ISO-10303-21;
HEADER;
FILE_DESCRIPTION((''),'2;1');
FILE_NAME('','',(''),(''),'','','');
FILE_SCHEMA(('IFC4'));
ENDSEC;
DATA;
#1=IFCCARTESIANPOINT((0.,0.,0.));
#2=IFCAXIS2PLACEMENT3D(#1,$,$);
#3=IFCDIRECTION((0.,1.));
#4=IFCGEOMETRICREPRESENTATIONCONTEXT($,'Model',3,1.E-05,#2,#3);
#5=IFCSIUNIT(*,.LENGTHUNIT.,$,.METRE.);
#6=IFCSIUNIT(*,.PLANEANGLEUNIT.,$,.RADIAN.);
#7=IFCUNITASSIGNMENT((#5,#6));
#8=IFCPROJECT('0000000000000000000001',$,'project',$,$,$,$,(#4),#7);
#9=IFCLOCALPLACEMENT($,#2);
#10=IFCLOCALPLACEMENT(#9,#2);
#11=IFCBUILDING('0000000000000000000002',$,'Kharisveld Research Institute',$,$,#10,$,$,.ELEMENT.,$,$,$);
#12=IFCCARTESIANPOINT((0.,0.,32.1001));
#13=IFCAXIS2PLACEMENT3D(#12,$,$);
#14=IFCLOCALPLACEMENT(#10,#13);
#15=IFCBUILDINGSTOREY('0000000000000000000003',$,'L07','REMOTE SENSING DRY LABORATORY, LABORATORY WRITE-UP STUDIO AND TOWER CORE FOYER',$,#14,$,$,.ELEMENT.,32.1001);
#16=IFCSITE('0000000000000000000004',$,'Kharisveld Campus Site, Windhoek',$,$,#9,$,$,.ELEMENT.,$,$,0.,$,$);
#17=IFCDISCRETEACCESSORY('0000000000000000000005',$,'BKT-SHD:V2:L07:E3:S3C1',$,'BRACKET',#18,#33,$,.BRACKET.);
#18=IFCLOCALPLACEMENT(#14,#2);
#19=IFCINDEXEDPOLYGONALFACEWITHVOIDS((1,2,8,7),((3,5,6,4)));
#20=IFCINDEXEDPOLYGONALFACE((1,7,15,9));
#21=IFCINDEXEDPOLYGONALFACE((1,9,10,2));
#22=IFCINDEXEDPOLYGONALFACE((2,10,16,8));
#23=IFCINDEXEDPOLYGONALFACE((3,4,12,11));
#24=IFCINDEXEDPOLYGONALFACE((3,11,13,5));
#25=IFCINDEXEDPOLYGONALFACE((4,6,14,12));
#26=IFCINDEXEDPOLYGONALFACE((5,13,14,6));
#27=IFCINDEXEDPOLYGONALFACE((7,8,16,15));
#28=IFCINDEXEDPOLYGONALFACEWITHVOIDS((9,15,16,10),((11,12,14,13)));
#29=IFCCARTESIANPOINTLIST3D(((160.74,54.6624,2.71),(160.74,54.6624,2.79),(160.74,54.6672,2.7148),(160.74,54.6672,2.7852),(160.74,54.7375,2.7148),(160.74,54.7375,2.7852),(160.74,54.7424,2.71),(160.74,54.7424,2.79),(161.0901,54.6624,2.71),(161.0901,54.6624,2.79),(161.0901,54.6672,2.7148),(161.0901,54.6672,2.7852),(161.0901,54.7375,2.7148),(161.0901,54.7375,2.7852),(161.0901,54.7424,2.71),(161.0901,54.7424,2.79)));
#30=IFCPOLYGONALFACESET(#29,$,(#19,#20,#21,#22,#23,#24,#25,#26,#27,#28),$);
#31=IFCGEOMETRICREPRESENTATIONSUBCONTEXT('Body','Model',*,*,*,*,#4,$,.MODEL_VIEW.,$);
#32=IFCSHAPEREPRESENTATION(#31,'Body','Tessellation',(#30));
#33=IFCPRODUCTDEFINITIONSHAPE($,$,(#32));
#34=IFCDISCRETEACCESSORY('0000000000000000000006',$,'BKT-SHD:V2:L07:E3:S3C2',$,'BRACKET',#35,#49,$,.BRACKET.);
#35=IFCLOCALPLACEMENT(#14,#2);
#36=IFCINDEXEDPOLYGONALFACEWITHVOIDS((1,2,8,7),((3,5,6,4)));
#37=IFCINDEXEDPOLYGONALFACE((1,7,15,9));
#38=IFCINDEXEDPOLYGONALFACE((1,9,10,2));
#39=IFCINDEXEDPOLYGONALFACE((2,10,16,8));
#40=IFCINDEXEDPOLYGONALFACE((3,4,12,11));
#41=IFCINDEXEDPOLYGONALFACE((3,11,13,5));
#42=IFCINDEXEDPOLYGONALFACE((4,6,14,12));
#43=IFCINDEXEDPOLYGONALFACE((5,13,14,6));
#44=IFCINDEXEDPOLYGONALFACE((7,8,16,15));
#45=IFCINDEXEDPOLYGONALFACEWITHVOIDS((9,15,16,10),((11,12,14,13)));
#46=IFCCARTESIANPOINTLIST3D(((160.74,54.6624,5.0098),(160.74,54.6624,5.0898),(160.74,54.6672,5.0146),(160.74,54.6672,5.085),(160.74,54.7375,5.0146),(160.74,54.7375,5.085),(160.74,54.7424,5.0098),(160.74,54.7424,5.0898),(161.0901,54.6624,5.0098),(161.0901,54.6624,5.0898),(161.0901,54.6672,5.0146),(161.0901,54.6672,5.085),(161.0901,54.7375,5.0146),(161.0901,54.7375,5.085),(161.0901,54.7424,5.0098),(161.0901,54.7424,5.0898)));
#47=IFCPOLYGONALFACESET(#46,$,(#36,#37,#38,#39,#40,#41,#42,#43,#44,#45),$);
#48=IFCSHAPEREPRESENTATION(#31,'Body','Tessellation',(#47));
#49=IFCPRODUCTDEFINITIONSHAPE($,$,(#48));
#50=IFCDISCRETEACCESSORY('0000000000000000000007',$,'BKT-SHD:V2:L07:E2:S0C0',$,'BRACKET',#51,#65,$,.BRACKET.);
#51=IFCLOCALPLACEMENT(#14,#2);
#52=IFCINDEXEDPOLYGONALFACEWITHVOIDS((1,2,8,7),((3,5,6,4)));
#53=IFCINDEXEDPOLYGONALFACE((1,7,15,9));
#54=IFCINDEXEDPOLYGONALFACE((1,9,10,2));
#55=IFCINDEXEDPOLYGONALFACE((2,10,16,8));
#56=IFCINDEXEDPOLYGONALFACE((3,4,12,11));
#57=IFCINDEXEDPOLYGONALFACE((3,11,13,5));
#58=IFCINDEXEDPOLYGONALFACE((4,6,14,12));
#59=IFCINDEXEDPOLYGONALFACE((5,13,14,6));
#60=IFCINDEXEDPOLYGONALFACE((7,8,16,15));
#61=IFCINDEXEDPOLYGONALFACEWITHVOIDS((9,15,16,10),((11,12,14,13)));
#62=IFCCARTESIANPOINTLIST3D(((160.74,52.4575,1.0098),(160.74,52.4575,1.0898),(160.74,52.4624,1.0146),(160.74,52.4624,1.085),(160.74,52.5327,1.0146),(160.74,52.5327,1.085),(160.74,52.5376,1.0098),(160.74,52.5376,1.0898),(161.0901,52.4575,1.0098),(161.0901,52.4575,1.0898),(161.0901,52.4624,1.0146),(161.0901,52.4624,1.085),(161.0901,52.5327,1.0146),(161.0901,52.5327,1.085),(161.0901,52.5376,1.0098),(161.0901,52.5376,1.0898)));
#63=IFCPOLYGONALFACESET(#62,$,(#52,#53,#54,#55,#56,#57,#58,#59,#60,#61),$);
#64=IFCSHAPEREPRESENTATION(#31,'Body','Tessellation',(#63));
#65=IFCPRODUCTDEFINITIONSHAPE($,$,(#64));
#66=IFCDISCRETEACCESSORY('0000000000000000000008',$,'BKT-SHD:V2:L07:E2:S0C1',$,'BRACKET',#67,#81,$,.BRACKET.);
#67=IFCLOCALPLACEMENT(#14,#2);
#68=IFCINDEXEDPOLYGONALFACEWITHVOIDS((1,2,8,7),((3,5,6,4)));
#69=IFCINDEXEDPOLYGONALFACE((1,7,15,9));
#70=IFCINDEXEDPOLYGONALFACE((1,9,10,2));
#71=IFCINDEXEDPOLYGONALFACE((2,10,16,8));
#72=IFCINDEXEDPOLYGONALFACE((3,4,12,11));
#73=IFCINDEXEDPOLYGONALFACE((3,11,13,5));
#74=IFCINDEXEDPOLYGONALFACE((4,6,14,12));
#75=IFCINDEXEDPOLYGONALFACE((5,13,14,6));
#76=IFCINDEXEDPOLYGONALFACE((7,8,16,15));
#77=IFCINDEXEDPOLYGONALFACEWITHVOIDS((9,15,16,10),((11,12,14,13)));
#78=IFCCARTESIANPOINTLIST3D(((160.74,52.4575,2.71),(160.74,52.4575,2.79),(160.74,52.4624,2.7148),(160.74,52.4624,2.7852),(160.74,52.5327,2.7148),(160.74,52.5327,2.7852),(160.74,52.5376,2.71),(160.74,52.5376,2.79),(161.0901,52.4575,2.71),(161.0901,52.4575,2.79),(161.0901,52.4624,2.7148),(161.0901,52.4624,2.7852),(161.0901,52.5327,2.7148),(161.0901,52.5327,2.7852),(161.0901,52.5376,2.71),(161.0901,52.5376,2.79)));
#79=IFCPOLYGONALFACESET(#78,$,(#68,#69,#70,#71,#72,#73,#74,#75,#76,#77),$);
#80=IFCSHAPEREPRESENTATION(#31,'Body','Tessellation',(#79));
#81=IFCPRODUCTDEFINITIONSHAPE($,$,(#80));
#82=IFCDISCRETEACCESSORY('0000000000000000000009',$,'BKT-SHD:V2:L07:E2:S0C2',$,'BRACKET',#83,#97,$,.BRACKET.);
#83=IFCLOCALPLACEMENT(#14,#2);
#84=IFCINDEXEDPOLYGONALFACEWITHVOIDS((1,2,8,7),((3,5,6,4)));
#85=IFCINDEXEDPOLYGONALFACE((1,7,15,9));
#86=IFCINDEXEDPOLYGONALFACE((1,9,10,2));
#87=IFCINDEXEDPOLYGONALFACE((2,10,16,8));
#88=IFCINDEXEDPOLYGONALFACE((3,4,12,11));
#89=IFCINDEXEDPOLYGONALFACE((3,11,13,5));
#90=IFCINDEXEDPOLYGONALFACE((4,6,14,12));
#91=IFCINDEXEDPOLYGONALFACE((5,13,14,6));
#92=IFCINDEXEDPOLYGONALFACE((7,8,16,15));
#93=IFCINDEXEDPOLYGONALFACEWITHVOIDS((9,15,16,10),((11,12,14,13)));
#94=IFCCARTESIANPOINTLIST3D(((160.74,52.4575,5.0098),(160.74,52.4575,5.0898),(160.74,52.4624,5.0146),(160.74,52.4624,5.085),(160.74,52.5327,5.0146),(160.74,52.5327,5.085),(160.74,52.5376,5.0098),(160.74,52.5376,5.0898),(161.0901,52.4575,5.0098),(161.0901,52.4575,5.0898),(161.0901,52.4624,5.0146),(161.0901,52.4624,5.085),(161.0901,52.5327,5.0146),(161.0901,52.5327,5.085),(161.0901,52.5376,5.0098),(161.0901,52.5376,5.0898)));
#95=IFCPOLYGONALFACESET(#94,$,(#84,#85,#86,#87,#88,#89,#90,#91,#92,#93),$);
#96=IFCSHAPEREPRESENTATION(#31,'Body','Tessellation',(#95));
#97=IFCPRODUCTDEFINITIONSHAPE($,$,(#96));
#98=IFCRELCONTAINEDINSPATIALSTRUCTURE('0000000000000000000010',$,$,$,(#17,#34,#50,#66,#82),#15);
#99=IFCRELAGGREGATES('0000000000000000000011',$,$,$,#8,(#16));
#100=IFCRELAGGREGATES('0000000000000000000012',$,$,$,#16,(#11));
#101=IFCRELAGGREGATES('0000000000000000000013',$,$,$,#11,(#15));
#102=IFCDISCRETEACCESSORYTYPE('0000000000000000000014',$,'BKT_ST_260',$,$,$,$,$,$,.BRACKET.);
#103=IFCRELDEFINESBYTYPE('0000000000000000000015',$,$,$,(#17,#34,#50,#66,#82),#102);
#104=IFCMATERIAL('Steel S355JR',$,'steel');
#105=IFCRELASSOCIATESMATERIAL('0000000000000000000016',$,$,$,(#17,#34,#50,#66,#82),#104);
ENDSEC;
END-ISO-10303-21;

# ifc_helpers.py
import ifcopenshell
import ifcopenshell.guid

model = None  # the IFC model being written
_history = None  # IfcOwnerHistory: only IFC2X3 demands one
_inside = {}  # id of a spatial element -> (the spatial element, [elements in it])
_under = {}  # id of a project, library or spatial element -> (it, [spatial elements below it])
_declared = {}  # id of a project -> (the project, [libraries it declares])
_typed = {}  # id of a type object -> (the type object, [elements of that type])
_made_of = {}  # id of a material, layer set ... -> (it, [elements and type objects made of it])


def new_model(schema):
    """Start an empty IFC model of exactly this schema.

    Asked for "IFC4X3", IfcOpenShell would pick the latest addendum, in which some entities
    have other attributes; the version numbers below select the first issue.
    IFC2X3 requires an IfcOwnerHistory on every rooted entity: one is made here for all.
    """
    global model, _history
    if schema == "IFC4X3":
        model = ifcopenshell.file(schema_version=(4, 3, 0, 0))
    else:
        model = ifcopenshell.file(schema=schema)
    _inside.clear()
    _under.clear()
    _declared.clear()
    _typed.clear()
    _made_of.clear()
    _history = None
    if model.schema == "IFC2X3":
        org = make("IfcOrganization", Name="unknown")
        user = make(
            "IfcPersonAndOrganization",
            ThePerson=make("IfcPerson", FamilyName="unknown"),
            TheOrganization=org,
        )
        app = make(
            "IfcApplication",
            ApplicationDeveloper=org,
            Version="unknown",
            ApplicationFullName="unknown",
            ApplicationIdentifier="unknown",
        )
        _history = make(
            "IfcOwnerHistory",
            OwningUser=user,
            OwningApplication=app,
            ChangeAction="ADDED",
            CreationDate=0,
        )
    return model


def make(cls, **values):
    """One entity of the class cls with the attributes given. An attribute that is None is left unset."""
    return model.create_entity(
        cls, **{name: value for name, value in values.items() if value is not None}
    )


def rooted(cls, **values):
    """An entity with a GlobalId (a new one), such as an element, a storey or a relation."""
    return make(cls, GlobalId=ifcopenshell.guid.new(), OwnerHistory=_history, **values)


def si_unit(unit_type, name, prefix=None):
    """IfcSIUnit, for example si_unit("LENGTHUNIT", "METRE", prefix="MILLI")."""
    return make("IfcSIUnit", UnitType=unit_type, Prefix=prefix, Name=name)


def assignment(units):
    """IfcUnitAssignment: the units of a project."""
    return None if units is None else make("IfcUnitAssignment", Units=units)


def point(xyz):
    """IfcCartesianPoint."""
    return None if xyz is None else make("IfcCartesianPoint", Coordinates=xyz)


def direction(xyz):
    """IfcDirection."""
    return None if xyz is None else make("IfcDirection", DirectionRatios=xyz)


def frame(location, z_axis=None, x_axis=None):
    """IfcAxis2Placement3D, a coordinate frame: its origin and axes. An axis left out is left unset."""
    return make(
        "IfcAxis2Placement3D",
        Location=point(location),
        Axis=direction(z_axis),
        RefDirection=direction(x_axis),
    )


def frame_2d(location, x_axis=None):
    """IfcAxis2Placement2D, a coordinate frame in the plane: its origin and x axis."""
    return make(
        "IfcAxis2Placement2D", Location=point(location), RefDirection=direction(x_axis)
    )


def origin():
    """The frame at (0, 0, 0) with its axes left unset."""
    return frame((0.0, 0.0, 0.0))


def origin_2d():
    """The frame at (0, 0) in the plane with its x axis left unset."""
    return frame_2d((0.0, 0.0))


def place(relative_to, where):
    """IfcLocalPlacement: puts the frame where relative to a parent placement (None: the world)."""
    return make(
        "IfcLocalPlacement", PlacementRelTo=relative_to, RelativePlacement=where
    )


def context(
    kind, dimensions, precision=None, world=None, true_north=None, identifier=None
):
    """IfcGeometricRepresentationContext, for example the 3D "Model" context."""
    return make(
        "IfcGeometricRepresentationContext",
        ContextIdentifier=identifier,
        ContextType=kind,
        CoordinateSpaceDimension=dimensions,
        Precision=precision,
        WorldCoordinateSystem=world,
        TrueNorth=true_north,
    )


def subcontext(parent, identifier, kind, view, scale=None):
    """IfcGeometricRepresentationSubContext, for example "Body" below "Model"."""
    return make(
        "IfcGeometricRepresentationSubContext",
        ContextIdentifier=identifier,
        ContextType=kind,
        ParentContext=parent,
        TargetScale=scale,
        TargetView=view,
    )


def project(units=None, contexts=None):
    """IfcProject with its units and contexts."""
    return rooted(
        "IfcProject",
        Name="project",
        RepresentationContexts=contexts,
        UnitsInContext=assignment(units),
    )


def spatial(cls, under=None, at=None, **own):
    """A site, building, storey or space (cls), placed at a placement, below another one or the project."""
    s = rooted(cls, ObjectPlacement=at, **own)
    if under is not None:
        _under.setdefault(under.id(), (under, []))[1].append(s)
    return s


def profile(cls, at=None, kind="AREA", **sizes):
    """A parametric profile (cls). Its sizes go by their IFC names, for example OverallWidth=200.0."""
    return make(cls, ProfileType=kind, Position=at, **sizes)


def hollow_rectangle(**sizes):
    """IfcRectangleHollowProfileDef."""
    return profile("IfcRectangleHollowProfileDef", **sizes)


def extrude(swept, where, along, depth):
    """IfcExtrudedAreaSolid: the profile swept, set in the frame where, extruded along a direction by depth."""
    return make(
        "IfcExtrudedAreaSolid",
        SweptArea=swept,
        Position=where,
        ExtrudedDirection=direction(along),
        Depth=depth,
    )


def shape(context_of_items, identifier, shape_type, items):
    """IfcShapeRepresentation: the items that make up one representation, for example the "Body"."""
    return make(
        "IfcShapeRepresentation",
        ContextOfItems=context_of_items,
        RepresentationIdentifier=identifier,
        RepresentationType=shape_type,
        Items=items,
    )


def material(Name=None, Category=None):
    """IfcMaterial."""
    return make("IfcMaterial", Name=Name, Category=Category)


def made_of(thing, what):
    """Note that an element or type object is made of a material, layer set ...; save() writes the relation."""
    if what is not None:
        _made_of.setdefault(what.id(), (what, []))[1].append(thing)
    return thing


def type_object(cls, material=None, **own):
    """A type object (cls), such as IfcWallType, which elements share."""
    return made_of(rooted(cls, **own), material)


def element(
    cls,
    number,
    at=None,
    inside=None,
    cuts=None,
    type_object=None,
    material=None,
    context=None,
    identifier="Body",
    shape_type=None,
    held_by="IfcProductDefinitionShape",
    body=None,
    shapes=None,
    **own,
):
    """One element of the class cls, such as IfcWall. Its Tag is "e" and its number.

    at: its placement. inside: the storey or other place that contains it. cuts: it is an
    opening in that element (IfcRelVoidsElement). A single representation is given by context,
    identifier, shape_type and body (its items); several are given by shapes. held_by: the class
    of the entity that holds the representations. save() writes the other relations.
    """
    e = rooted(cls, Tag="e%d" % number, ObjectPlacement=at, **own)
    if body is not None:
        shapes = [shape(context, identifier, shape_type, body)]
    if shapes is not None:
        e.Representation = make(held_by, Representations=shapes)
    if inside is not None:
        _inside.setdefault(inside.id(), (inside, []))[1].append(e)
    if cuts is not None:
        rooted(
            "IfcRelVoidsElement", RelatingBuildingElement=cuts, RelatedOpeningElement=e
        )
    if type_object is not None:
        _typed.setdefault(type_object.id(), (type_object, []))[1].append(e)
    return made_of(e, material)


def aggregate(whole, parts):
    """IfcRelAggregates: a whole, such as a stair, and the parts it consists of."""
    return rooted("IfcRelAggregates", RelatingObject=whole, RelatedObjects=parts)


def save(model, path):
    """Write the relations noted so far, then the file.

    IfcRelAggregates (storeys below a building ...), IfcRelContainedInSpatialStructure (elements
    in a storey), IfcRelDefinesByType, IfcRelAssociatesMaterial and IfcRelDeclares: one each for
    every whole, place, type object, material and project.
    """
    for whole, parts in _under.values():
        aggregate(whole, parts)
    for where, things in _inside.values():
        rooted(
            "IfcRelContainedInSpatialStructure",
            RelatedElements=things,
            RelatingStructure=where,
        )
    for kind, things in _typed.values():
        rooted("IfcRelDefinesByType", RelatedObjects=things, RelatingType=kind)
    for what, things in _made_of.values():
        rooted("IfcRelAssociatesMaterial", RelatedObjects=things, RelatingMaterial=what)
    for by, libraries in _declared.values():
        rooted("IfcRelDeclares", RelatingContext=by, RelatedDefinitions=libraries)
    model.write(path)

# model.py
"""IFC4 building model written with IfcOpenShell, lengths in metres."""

from ifc_helpers import new_model, si_unit, direction, frame, origin, origin_2d, place, context, subcontext, project, spatial, hollow_rectangle, extrude, material, type_object, element, save


model = new_model("IFC4")

# Units and contexts
model_context = context("Model", 3, precision=1e-05, world=origin(), true_north=direction((0.0, 1.0)))
body_context = subcontext(model_context, "Body", "Model", "MODEL_VIEW")
ifc_project = project(units=[si_unit("LENGTHUNIT", "METRE"), si_unit("PLANEANGLEUNIT", "RADIAN")], contexts=[model_context])

# Site, building, storey
site_placement = place(None, origin())
site = spatial("IfcSite", under=ifc_project, at=site_placement, Name="Kharisveld Campus Site, Windhoek", CompositionType="ELEMENT", RefElevation=0.0)
building_placement = place(site_placement, origin())
building = spatial("IfcBuilding", under=site, at=building_placement, Name="Kharisveld Research Institute", CompositionType="ELEMENT")
storey_placement = place(building_placement, frame((0.0, 0.0, 32.1001)))
storey = spatial("IfcBuildingStorey", under=building, at=storey_placement, Name="L07", Description="REMOTE SENSING DRY LABORATORY, LABORATORY WRITE-UP STUDIO AND TOWER CORE FOYER", CompositionType="ELEMENT", Elevation=32.1001)

# Discrete accessories
ifc_material_1 = material(Name="Steel S355JR", Category="steel")
discrete_accessory_type = type_object("IfcDiscreteAccessoryType", Name="BKT_ST_260", PredefinedType="BRACKET")
for number, where, z_axis, x_axis, name in (
    (1, (160.74, 54.7024, 2.75), (1.0, 0.0, 0.0), (0.0, 1.0, 0.0), "BKT-SHD:V2:L07:E3:S3C1"),
    (2, (160.74, 54.7024, 5.0498), (1.0, 0.0, 0.0), (0.0, 1.0, 0.0), "BKT-SHD:V2:L07:E3:S3C2"),
    (3, (160.74, 52.4976, 1.0498), (1.0, 0.0, 0.0), (0.0, 1.0, 0.0), "BKT-SHD:V2:L07:E2:S0C0"),
    (4, (160.74, 52.4976, 2.75), (1.0, 0.0, 0.0), (0.0, 1.0, 0.0), "BKT-SHD:V2:L07:E2:S0C1"),
    (5, (160.74, 52.4976, 5.0498), (1.0, 0.0, 0.0), (0.0, 1.0, 0.0), "BKT-SHD:V2:L07:E2:S0C2"),
):
    element("IfcDiscreteAccessory", number, at=place(storey_placement, frame(where, z_axis=z_axis, x_axis=x_axis)), inside=storey, type_object=discrete_accessory_type, material=ifc_material_1, Name=name, ObjectType="BRACKET", PredefinedType="BRACKET", context=body_context, shape_type="SweptSolid", body=[
        extrude(hollow_rectangle(XDim=0.0801, YDim=0.0801, WallThickness=0.0049, at=origin_2d()), origin(), (0.0, 0.0, 1.0), 0.3501),
    ])

save(model, "model.ifc")
